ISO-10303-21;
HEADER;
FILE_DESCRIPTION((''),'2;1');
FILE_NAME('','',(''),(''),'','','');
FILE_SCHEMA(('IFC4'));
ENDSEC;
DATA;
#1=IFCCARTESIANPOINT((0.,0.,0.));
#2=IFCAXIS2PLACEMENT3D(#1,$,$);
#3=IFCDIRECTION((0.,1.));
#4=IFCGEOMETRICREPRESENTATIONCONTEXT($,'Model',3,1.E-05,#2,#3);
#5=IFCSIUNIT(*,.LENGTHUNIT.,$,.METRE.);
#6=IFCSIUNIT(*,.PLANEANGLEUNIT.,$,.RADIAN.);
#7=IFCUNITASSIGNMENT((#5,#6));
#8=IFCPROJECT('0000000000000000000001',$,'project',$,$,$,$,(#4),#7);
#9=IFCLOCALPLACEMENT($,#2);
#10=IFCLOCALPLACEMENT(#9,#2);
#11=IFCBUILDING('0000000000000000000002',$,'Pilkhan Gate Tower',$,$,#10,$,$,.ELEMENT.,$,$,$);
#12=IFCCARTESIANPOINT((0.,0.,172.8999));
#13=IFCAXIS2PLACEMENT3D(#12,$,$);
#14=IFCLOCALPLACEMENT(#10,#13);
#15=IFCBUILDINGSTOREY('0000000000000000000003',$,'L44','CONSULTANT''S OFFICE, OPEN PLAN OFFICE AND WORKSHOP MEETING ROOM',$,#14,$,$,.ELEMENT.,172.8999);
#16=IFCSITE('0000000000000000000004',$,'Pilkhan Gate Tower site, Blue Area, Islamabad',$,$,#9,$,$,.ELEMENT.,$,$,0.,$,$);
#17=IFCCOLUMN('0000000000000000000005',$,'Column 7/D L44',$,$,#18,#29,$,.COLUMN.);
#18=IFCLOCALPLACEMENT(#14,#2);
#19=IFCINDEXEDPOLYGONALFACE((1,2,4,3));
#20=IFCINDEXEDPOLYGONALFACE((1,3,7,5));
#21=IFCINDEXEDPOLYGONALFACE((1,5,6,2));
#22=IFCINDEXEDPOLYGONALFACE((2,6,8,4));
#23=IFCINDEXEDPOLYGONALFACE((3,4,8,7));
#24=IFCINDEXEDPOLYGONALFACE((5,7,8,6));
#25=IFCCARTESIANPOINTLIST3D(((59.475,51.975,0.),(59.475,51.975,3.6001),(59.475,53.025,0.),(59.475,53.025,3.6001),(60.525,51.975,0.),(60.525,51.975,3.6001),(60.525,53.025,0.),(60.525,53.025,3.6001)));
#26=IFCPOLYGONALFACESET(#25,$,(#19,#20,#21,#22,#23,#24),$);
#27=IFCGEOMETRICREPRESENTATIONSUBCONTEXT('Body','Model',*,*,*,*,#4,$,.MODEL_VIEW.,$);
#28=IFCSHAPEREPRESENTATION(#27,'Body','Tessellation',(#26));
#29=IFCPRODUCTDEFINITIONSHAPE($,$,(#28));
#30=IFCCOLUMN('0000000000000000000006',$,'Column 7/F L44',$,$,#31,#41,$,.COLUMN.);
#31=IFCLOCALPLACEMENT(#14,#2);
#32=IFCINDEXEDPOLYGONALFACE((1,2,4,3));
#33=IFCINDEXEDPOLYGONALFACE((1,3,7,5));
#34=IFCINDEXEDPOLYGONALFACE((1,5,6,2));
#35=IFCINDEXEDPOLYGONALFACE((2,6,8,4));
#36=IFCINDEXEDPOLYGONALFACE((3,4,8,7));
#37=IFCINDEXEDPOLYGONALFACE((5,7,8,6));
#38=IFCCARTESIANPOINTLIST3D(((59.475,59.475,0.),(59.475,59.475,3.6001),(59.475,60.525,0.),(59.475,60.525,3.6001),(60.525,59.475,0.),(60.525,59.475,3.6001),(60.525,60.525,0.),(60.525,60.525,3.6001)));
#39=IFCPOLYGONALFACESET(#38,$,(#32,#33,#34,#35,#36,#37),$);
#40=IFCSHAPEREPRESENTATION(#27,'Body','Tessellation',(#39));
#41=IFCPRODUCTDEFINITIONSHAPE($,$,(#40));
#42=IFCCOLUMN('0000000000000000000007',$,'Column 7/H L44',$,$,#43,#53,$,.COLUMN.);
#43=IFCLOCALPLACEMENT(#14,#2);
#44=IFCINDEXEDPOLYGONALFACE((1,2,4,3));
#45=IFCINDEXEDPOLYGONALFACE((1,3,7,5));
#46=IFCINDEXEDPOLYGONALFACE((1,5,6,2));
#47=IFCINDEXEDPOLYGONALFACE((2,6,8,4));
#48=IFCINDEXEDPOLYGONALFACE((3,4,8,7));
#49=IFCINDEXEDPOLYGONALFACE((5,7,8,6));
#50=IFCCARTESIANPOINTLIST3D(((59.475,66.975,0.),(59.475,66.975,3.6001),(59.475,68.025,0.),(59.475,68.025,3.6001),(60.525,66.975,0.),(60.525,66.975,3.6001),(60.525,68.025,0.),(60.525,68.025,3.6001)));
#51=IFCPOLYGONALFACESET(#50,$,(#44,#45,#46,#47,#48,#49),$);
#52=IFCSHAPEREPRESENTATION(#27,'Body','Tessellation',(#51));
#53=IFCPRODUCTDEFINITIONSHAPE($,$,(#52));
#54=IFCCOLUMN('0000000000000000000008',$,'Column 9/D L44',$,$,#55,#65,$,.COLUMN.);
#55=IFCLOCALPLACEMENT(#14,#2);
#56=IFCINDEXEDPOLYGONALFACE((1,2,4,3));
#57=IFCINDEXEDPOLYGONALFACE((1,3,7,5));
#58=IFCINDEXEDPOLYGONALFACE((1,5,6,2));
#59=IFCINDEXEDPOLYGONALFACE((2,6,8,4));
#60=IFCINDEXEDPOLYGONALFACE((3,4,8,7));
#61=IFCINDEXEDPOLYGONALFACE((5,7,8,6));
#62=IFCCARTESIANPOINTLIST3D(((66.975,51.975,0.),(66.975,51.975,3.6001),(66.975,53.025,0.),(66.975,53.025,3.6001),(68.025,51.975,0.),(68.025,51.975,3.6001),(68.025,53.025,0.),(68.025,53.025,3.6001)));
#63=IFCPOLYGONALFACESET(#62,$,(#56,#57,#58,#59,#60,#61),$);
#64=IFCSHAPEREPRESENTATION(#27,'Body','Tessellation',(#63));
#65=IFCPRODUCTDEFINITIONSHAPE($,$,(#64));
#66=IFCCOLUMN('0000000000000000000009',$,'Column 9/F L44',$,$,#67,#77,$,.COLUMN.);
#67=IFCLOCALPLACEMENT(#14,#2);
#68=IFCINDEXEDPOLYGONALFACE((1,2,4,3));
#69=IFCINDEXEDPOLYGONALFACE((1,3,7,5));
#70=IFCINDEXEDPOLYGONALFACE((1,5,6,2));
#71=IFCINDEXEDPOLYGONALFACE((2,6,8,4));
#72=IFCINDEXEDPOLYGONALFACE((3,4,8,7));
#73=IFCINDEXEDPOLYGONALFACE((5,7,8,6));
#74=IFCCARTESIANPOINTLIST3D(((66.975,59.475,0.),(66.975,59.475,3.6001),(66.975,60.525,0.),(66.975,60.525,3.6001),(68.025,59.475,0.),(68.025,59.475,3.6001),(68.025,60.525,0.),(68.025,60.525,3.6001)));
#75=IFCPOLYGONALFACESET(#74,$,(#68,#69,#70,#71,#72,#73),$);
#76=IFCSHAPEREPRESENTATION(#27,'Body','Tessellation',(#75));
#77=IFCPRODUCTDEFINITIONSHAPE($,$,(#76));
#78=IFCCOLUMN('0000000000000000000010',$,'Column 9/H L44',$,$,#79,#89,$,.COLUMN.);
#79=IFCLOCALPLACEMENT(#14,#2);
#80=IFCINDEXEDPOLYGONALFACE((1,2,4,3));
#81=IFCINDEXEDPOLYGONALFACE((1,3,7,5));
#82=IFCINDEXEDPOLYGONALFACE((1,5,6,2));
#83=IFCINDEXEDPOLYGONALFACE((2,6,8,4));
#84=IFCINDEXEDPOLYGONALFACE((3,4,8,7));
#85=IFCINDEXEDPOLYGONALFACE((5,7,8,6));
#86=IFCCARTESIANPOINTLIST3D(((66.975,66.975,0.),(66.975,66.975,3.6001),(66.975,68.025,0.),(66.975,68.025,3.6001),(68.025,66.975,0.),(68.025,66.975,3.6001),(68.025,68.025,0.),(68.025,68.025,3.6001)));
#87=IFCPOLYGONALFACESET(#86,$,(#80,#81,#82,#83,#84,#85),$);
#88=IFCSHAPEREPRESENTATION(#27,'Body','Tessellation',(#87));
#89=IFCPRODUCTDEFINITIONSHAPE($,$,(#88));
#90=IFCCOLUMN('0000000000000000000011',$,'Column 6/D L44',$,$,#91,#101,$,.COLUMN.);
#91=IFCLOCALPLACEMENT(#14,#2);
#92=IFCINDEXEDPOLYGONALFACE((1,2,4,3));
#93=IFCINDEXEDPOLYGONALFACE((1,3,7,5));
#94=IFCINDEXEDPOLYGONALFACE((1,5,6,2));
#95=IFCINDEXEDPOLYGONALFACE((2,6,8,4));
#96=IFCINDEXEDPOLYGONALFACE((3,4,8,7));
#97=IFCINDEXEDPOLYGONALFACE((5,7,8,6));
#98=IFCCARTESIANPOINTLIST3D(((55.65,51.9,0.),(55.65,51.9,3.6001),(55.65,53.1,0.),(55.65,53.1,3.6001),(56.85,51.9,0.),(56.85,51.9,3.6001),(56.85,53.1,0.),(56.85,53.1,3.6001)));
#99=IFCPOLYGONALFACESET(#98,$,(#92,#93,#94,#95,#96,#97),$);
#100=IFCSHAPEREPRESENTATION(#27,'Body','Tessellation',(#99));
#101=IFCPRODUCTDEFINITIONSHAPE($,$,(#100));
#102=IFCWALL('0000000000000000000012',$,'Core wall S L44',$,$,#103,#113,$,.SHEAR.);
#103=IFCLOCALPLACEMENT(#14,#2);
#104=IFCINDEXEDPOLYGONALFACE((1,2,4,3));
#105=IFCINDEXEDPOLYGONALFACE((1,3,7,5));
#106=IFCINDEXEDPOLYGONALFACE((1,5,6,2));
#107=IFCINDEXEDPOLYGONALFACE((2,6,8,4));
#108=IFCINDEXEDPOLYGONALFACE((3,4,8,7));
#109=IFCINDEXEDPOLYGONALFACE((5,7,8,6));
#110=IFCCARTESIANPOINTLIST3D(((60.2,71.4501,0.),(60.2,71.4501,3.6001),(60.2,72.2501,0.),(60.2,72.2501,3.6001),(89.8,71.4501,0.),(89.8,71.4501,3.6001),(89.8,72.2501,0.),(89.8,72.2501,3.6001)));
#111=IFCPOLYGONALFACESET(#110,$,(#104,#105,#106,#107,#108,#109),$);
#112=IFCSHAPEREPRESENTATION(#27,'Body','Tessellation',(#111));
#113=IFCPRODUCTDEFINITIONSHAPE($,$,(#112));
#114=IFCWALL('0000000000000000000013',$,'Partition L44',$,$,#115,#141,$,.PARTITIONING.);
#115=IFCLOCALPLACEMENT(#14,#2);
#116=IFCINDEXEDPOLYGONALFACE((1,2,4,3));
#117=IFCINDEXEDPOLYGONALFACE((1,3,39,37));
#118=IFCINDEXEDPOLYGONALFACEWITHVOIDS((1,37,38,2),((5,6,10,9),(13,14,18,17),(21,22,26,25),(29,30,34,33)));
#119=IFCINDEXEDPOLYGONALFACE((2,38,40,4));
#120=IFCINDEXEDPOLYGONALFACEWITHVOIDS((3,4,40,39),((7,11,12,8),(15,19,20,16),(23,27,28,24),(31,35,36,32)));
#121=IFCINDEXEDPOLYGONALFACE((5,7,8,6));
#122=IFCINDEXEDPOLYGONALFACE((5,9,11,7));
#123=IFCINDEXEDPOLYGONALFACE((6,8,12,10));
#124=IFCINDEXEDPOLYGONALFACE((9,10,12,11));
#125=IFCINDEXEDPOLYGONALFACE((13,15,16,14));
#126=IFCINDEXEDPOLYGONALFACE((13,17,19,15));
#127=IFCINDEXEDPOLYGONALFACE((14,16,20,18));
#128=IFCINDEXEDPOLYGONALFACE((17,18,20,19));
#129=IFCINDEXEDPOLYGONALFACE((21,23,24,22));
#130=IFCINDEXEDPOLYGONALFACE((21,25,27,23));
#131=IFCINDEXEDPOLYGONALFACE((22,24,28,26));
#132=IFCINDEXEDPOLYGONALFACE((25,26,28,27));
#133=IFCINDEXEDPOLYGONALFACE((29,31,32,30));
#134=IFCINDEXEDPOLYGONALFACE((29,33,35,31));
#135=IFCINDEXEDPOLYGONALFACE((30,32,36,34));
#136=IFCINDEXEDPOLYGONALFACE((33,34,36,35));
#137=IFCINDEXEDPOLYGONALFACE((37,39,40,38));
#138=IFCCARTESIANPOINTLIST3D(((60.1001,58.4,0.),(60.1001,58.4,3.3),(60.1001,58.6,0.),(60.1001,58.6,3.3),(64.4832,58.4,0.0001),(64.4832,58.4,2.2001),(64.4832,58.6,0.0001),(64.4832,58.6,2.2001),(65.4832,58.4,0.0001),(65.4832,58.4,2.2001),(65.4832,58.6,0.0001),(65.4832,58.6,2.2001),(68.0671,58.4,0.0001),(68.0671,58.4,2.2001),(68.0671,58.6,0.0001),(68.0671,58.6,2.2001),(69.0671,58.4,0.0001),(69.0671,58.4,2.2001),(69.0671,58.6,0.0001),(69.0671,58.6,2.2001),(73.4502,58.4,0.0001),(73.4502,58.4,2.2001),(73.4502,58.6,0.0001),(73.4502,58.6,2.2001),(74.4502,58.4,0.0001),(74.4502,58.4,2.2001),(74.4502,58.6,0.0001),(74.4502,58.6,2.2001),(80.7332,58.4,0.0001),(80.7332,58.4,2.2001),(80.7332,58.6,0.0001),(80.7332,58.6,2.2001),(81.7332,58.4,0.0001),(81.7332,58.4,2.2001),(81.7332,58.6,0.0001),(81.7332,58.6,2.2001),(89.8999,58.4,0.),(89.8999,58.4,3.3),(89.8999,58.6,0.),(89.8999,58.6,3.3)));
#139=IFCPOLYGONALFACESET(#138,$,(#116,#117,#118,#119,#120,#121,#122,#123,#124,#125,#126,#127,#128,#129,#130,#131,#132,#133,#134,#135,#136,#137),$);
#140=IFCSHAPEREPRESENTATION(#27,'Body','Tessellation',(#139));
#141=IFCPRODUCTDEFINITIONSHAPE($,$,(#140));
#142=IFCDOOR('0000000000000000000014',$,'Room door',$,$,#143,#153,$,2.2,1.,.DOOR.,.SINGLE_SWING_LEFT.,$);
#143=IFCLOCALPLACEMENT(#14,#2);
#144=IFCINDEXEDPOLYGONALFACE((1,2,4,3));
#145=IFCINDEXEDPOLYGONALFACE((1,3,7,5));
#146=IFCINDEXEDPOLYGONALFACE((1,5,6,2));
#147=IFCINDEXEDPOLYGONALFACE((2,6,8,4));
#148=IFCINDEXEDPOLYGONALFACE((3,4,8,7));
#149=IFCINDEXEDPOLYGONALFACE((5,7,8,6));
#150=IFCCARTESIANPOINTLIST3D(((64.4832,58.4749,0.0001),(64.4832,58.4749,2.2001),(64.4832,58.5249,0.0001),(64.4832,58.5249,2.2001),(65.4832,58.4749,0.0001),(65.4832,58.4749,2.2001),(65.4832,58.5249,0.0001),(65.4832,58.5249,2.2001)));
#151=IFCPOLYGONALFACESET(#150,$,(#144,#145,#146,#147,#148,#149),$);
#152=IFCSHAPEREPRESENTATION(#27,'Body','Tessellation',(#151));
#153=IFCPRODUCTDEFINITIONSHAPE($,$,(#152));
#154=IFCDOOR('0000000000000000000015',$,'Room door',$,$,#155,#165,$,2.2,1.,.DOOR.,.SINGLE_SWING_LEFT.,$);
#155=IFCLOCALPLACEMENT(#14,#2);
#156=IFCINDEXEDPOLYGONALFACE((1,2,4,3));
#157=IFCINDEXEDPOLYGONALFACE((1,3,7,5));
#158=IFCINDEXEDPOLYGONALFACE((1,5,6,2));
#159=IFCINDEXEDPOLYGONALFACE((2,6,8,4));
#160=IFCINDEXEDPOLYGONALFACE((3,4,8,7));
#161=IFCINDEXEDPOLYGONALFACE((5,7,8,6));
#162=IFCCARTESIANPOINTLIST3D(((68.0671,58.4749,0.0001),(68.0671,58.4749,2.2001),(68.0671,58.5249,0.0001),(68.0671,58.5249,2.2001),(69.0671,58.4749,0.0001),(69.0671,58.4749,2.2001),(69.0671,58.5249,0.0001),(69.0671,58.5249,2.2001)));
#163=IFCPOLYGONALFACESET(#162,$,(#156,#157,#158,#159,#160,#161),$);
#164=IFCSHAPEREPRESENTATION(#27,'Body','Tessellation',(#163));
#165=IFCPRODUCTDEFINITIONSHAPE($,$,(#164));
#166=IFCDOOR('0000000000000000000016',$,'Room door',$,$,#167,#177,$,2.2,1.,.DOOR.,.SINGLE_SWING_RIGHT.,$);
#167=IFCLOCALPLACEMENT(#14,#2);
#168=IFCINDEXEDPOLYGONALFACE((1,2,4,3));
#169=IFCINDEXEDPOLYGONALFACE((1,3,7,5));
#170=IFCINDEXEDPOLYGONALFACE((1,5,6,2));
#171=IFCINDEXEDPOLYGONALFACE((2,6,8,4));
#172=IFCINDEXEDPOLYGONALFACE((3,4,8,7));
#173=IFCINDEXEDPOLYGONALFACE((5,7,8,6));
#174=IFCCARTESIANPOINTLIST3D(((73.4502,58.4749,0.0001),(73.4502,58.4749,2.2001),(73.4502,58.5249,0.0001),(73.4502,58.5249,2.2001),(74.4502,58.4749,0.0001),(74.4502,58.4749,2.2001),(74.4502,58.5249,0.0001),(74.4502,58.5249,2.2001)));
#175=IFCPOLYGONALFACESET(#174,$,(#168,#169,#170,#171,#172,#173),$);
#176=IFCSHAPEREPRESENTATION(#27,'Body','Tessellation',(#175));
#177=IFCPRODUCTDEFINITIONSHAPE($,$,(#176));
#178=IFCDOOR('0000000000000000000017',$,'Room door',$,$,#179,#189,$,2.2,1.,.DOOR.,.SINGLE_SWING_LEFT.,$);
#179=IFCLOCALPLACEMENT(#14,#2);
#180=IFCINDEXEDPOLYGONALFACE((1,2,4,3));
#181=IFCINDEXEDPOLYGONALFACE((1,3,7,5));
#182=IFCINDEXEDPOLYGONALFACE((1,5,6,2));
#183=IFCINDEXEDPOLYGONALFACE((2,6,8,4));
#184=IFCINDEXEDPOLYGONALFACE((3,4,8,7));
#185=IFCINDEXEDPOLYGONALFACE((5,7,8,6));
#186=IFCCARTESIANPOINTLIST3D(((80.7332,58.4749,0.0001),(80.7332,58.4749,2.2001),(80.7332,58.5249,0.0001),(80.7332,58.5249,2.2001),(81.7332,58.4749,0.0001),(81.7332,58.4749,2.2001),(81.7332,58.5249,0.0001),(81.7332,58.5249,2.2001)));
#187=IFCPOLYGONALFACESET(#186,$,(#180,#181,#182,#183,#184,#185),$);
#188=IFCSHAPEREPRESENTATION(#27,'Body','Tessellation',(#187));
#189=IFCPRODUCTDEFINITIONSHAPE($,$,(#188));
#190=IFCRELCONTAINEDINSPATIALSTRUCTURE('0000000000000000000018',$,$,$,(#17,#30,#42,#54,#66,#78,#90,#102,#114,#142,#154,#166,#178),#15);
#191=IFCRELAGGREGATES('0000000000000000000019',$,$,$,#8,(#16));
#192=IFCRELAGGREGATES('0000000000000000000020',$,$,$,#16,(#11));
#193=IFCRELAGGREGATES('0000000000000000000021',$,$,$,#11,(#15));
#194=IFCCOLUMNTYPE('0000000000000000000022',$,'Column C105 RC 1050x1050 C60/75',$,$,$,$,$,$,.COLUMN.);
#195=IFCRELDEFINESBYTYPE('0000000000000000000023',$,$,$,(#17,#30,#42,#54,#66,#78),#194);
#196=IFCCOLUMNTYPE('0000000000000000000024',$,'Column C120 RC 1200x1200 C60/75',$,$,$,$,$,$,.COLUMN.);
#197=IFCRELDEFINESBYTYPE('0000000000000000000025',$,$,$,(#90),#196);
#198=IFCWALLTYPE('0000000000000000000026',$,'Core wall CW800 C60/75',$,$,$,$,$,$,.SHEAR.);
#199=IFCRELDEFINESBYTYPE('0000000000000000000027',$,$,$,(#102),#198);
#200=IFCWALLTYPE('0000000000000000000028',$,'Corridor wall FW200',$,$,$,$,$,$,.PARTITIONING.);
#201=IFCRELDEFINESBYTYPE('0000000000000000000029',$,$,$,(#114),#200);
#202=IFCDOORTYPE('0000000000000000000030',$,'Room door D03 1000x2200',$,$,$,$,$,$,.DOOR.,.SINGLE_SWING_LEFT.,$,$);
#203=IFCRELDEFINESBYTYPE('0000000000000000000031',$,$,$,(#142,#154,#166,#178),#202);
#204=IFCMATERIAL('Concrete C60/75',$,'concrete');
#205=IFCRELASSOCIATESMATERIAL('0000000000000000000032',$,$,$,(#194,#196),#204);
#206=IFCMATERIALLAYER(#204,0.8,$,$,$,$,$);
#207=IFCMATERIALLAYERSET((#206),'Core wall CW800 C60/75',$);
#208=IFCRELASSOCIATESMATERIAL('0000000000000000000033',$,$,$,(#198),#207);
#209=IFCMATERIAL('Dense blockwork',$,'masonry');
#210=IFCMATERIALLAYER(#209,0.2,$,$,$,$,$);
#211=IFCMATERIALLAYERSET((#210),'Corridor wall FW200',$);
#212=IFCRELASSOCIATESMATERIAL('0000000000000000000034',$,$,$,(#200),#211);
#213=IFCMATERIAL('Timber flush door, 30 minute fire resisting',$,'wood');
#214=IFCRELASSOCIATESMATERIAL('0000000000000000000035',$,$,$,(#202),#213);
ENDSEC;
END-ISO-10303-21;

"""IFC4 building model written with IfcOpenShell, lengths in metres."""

from ifc_helpers import new_model, si_unit, direction, frame, frame_2d, origin, origin_2d, place, context, subcontext, project, spatial, rectangle, extrude, material, layer, layer_set, material_profile, profile_set, type_object, element, fill, save


model = new_model("IFC4")

# Units and contexts
model_context = context("Model", 3, precision=1e-05, world=origin(), true_north=direction((0.0, 1.0)))
body_context = subcontext(model_context, "Body", "Model", "MODEL_VIEW")
ifc_project = project(units=[si_unit("LENGTHUNIT", "METRE"), si_unit("PLANEANGLEUNIT", "RADIAN")], contexts=[model_context])

# Site, building, storey
site_placement = place(None, origin())
site = spatial("IfcSite", under=ifc_project, at=site_placement, Name="Pilkhan Gate Tower site, Blue Area, Islamabad", CompositionType="ELEMENT", RefElevation=0.0)
building_placement = place(site_placement, origin())
building = spatial("IfcBuilding", under=site, at=building_placement, Name="Pilkhan Gate Tower", CompositionType="ELEMENT")
storey_placement = place(building_placement, frame((0.0, 0.0, 172.8999)))
storey = spatial("IfcBuildingStorey", under=building, at=storey_placement, Name="L44", Description="CONSULTANT'S OFFICE, OPEN PLAN OFFICE AND WORKSHOP MEETING ROOM", CompositionType="ELEMENT", Elevation=172.8999)

# Columns
ifc_material_1 = material(Name="Concrete C60/75", Category="concrete")
ifc_material_profile_1 = material_profile(ifc_material_1, rectangle(XDim=1.05, YDim=1.05, at=origin_2d()), Name="RC 1050x1050")
ifc_profile_set_1 = profile_set([ifc_material_profile_1], Name="Concrete C60/75")
column_type_1 = type_object("IfcColumnType", Name="Column C105 RC 1050x1050 C60/75", PredefinedType="COLUMN", material=ifc_profile_set_1)
for number, where, z_axis, x_axis, name in (
    (1, (60.0, 52.5, 0.0), (0.0, 0.0, 1.0), (1.0, 0.0, 0.0), "Column 7/D L44"),
    (2, (60.0, 60.0, 0.0), (0.0, 0.0, 1.0), (1.0, 0.0, 0.0), "Column 7/F L44"),
    (3, (60.0, 67.5, 0.0), (0.0, 0.0, 1.0), (1.0, 0.0, 0.0), "Column 7/H L44"),
    (4, (67.5, 52.5, 0.0), (0.0, 0.0, 1.0), (1.0, 0.0, 0.0), "Column 9/D L44"),
    (5, (67.5, 60.0, 0.0), (0.0, 0.0, 1.0), (1.0, 0.0, 0.0), "Column 9/F L44"),
    (6, (67.5, 67.5, 0.0), (0.0, 0.0, 1.0), (1.0, 0.0, 0.0), "Column 9/H L44"),
):
    element("IfcColumn", number, at=place(storey_placement, frame(where, z_axis=z_axis, x_axis=x_axis)), inside=storey, type_object=column_type_1, Name=name, PredefinedType="COLUMN", context=body_context, shape_type="SweptSolid", body=[
        extrude(rectangle(XDim=1.05, YDim=1.05, at=origin_2d()), origin(), (0.0, 0.0, 1.0), 3.6001),
    ])
ifc_material_profile_2 = material_profile(ifc_material_1, rectangle(XDim=1.2, YDim=1.2, at=origin_2d()), Name="RC 1200x1200")
ifc_profile_set_2 = profile_set([ifc_material_profile_2], Name="Concrete C60/75")
column_type_2 = type_object("IfcColumnType", Name="Column C120 RC 1200x1200 C60/75", PredefinedType="COLUMN", material=ifc_profile_set_2)
column_placement = place(storey_placement, frame((56.25, 52.5, 0.0), z_axis=(0.0, 0.0, 1.0), x_axis=(1.0, 0.0, 0.0)))
element("IfcColumn", 7, at=column_placement, inside=storey, type_object=column_type_2, Name="Column 6/D L44", PredefinedType="COLUMN", context=body_context, shape_type="SweptSolid", body=[
    extrude(rectangle(XDim=1.2, YDim=1.2, at=origin_2d()), origin(), (0.0, 0.0, 1.0), 3.6001),
])

# Wall
ifc_layer_1 = layer(ifc_material_1, 0.8)
ifc_layer_set_1 = layer_set([ifc_layer_1], Name="Core wall CW800 C60/75")
wall_type_1 = type_object("IfcWallType", Name="Core wall CW800 C60/75", PredefinedType="SHEAR", material=ifc_layer_set_1)
wall_1_placement = place(storey_placement, frame((60.2, 71.8501, 0.0), z_axis=(0.0, 0.0, 1.0), x_axis=(1.0, 0.0, 0.0)))
element("IfcWall", 8, at=wall_1_placement, inside=storey, type_object=wall_type_1, Name="Core wall S L44", PredefinedType="SHEAR", context=body_context, shape_type="SweptSolid", body=[
    extrude(rectangle(XDim=29.6001, YDim=0.8, at=frame_2d((14.8, 0.0))), origin(), (0.0, 0.0, 1.0), 3.6001),
])

# Wall, openings, doors
ifc_material_2 = material(Name="Dense blockwork", Category="masonry")
ifc_layer_2 = layer(ifc_material_2, 0.2)
ifc_layer_set_2 = layer_set([ifc_layer_2], Name="Corridor wall FW200")
wall_type_2 = type_object("IfcWallType", Name="Corridor wall FW200", PredefinedType="PARTITIONING", material=ifc_layer_set_2)
wall_2_placement = place(storey_placement, frame((60.1001, 58.5, 0.0), z_axis=(0.0, 0.0, 1.0), x_axis=(1.0, 0.0, 0.0)))
wall_2 = element("IfcWall", 9, at=wall_2_placement, inside=storey, type_object=wall_type_2, Name="Partition L44", PredefinedType="PARTITIONING", context=body_context, shape_type="SweptSolid", body=[
    extrude(rectangle(XDim=29.7998, YDim=0.2, at=frame_2d((14.8999, 0.0))), origin(), (0.0, 0.0, 1.0), 3.3),
])
opening_1_placement = place(wall_2_placement, frame((4.3831, 0.0, 0.0)))
opening_1 = element("IfcOpeningElement", 10, at=opening_1_placement, cuts=wall_2, PredefinedType="OPENING", context=body_context, shape_type="SweptSolid", body=[
    extrude(rectangle(XDim=1.0, YDim=2.2, at=frame_2d((0.5, 1.1001))), frame((0.0, 0.1099, 0.0), z_axis=(0.0, -1.0, 0.0), x_axis=(1.0, 0.0, 0.0)), (0.0, 0.0, 1.0), 0.22),
])
opening_2_placement = place(wall_2_placement, frame((7.967, 0.0, 0.0)))
opening_2 = element("IfcOpeningElement", 11, at=opening_2_placement, cuts=wall_2, PredefinedType="OPENING", context=body_context, shape_type="SweptSolid", body=[
    extrude(rectangle(XDim=1.0, YDim=2.2, at=frame_2d((0.5, 1.1001))), frame((0.0, 0.1099, 0.0), z_axis=(0.0, -1.0, 0.0), x_axis=(1.0, 0.0, 0.0)), (0.0, 0.0, 1.0), 0.22),
])
opening_3_placement = place(wall_2_placement, frame((13.3501, 0.0, 0.0)))
opening_3 = element("IfcOpeningElement", 12, at=opening_3_placement, cuts=wall_2, PredefinedType="OPENING", context=body_context, shape_type="SweptSolid", body=[
    extrude(rectangle(XDim=1.0, YDim=2.2, at=frame_2d((0.5, 1.1001))), frame((0.0, 0.1099, 0.0), z_axis=(0.0, -1.0, 0.0), x_axis=(1.0, 0.0, 0.0)), (0.0, 0.0, 1.0), 0.22),
])
opening_4_placement = place(wall_2_placement, frame((20.6331, 0.0, 0.0)))
opening_4 = element("IfcOpeningElement", 13, at=opening_4_placement, cuts=wall_2, PredefinedType="OPENING", context=body_context, shape_type="SweptSolid", body=[
    extrude(rectangle(XDim=1.0, YDim=2.2, at=frame_2d((0.5, 1.1001))), frame((0.0, 0.1099, 0.0), z_axis=(0.0, -1.0, 0.0), x_axis=(1.0, 0.0, 0.0)), (0.0, 0.0, 1.0), 0.22),
])
ifc_material_3 = material(Name="Timber flush door, 30 minute fire resisting", Category="wood")
door_type_1 = type_object("IfcDoorType", Name="Room door D03 1000x2200", OperationType="SINGLE_SWING_LEFT", PredefinedType="DOOR", material=ifc_material_3)
door_1_placement = place(opening_1_placement, origin())
door_1 = element("IfcDoor", 14, at=door_1_placement, inside=storey, type_object=door_type_1, Name="Room door", OperationType="SINGLE_SWING_LEFT", OverallHeight=2.2, OverallWidth=1.0, PredefinedType="DOOR", context=body_context, shape_type="SweptSolid", body=[
    extrude(rectangle(XDim=1.0, YDim=2.2, at=frame_2d((0.5, 1.1001))), frame((0.0, 0.0249, 0.0), z_axis=(0.0, -1.0, 0.0), x_axis=(1.0, 0.0, 0.0)), (0.0, 0.0, 1.0), 0.05),
])
fill(opening_1, door_1)
door_2_placement = place(opening_2_placement, origin())
door_2 = element("IfcDoor", 15, at=door_2_placement, inside=storey, type_object=door_type_1, Name="Room door", OperationType="SINGLE_SWING_LEFT", OverallHeight=2.2, OverallWidth=1.0, PredefinedType="DOOR", context=body_context, shape_type="SweptSolid", body=[
    extrude(rectangle(XDim=1.0, YDim=2.2, at=frame_2d((0.5, 1.1001))), frame((0.0, 0.0249, 0.0), z_axis=(0.0, -1.0, 0.0), x_axis=(1.0, 0.0, 0.0)), (0.0, 0.0, 1.0), 0.05),
])
fill(opening_2, door_2)
door_3_placement = place(opening_3_placement, origin())
door_3 = element("IfcDoor", 16, at=door_3_placement, inside=storey, type_object=door_type_1, Name="Room door", OperationType="SINGLE_SWING_RIGHT", OverallHeight=2.2, OverallWidth=1.0, PredefinedType="DOOR", context=body_context, shape_type="SweptSolid", body=[
    extrude(rectangle(XDim=1.0, YDim=2.2, at=frame_2d((0.5, 1.1001))), frame((0.0, 0.0249, 0.0), z_axis=(0.0, -1.0, 0.0), x_axis=(1.0, 0.0, 0.0)), (0.0, 0.0, 1.0), 0.05),
])
fill(opening_3, door_3)
door_4_placement = place(opening_4_placement, origin())
door_4 = element("IfcDoor", 17, at=door_4_placement, inside=storey, type_object=door_type_1, Name="Room door", OperationType="SINGLE_SWING_LEFT", OverallHeight=2.2, OverallWidth=1.0, PredefinedType="DOOR", context=body_context, shape_type="SweptSolid", body=[
    extrude(rectangle(XDim=1.0, YDim=2.2, at=frame_2d((0.5, 1.1001))), frame((0.0, 0.0249, 0.0), z_axis=(0.0, -1.0, 0.0), x_axis=(1.0, 0.0, 0.0)), (0.0, 0.0, 1.0), 0.05),
])
fill(opening_4, door_4)

save(model, "model.ifc")
